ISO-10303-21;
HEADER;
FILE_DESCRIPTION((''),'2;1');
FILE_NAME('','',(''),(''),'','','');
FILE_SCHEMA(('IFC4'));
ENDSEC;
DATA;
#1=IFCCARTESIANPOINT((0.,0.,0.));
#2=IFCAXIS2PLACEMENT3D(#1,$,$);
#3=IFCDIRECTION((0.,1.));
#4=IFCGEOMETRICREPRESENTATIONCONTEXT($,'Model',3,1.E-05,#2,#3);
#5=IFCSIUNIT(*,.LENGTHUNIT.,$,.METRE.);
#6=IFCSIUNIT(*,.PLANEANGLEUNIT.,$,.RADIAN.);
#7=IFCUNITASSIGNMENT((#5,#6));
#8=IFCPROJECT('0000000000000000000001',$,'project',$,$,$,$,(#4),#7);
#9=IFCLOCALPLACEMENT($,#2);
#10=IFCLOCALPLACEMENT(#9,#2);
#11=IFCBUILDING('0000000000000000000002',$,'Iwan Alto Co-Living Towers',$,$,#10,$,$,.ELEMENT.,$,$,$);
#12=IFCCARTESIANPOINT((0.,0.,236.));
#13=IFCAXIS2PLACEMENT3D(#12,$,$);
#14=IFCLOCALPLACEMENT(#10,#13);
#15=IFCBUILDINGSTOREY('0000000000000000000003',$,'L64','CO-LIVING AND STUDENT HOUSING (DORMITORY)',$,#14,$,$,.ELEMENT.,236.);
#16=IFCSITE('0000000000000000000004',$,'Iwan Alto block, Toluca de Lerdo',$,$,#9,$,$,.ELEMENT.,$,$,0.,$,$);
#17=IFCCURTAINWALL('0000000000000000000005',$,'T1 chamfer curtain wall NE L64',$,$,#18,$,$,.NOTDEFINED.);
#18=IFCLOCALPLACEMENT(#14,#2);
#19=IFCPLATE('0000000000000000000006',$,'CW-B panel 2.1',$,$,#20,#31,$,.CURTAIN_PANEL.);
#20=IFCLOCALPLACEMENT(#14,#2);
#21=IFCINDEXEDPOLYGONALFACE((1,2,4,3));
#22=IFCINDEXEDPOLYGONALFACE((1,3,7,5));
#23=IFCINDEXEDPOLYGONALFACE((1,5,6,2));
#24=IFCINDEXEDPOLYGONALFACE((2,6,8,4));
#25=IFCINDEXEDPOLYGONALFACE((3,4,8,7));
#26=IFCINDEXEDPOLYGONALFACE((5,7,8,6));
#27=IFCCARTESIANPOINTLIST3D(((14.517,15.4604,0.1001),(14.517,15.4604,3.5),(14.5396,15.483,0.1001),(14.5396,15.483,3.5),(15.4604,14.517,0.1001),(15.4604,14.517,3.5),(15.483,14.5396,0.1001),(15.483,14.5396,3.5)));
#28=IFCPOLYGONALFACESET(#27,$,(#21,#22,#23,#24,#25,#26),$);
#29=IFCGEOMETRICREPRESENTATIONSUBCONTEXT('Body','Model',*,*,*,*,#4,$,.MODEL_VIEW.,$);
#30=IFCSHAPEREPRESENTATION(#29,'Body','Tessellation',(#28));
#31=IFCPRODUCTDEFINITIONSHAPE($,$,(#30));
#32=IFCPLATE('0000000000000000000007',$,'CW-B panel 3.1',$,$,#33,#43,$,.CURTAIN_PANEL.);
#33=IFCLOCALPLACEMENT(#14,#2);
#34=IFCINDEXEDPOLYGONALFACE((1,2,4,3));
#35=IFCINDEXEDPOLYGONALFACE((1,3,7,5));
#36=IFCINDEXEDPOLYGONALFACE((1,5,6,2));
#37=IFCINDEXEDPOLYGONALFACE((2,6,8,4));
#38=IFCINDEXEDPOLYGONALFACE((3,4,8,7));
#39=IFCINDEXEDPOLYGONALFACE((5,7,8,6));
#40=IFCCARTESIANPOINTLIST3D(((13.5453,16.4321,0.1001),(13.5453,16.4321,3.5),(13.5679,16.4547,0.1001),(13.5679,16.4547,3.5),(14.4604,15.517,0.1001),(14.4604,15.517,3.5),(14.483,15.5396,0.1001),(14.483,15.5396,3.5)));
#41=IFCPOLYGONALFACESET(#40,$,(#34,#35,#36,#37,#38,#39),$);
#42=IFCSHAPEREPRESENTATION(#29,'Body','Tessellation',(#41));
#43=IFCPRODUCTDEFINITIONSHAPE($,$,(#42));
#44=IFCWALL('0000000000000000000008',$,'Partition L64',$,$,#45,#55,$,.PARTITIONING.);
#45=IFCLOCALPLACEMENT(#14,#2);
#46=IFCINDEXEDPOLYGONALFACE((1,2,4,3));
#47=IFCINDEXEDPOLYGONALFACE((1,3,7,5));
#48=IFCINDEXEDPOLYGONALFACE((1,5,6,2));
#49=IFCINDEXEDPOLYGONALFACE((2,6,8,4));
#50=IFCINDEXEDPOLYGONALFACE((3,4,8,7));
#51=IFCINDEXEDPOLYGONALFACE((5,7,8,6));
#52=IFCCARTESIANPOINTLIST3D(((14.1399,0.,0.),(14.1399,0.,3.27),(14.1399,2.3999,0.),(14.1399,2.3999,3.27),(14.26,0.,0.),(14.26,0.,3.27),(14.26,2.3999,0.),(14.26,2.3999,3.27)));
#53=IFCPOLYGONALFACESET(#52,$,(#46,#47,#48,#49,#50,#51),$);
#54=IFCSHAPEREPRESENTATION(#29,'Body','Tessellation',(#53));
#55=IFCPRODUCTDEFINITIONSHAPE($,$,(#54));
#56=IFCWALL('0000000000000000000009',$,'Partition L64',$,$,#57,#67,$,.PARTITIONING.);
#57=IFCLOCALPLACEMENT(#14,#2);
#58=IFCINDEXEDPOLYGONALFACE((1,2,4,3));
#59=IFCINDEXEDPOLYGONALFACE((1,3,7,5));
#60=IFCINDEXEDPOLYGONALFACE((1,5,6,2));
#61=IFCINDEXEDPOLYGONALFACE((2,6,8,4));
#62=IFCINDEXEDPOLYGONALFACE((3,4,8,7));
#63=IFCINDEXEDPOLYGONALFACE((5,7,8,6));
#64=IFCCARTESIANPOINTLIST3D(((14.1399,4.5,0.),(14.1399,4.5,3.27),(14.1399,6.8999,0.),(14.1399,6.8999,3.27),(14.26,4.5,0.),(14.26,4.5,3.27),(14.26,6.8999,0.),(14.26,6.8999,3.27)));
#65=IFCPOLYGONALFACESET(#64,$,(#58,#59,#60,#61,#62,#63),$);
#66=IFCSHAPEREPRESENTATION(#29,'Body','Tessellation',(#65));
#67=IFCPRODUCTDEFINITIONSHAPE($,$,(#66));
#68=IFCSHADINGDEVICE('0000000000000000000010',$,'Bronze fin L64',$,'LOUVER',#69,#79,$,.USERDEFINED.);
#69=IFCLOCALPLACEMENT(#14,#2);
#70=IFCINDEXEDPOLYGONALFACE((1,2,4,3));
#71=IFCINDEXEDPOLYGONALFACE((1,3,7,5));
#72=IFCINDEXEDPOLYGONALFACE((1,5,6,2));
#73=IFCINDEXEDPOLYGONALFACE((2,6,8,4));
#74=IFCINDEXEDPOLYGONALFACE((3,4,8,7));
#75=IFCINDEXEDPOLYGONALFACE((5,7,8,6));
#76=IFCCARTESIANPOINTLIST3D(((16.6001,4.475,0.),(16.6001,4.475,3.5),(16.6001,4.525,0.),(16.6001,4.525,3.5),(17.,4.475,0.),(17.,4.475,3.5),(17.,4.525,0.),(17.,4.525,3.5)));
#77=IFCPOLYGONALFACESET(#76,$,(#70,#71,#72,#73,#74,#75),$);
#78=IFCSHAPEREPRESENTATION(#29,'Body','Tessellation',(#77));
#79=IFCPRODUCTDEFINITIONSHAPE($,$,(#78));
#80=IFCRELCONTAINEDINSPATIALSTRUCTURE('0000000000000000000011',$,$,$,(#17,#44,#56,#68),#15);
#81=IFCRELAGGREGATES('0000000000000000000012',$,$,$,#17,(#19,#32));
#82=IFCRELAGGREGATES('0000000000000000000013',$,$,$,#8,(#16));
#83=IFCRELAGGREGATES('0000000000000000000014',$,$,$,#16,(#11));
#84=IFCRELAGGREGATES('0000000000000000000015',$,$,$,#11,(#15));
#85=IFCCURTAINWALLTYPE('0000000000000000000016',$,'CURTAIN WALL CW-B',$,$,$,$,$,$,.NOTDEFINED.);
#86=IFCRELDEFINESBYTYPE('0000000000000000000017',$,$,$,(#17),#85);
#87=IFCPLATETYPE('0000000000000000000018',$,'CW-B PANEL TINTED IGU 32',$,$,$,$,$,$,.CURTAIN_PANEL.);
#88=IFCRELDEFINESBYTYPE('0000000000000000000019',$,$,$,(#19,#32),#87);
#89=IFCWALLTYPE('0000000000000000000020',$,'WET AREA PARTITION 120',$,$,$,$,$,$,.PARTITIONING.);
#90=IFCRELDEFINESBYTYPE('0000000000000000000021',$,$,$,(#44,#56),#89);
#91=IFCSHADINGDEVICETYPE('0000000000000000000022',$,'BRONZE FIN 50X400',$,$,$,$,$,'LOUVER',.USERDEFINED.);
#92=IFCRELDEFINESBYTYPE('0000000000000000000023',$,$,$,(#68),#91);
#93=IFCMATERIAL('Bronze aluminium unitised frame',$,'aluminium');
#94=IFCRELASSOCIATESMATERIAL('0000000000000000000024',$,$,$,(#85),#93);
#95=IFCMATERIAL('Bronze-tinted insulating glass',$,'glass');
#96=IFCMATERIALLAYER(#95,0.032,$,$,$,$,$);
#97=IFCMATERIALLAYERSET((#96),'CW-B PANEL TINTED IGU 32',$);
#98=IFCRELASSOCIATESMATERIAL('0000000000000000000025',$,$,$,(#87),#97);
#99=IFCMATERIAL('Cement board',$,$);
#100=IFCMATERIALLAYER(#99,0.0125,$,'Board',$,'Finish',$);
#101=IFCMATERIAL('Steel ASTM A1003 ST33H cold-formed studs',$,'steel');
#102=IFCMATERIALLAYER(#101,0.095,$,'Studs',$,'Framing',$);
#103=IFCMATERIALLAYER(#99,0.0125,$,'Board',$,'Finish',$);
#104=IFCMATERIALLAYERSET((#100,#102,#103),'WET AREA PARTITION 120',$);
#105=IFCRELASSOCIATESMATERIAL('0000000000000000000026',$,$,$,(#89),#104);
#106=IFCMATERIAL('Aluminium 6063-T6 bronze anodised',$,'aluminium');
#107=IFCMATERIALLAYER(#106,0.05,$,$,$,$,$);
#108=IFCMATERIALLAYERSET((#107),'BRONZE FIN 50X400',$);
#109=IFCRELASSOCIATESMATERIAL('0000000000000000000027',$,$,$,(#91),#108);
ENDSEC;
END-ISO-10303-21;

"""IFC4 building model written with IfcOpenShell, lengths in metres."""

from ifc_helpers import new_model, si_unit, direction, frame, frame_2d, origin, origin_2d, place, context, subcontext, project, spatial, rectangle, extrude, material, layer, layer_set, type_object, element, aggregate, save


model = new_model("IFC4")

# Units and contexts
model_context = context("Model", 3, precision=1e-05, world=origin(), true_north=direction((0.0, 1.0)))
body_context = subcontext(model_context, "Body", "Model", "MODEL_VIEW")
ifc_project = project(units=[si_unit("LENGTHUNIT", "METRE"), si_unit("PLANEANGLEUNIT", "RADIAN")], contexts=[model_context])

# Site, building, storey
site_placement = place(None, origin())
site = spatial("IfcSite", under=ifc_project, at=site_placement, Name="Iwan Alto block, Toluca de Lerdo", CompositionType="ELEMENT", RefElevation=0.0)
building_placement = place(site_placement, origin())
building = spatial("IfcBuilding", under=site, at=building_placement, Name="Iwan Alto Co-Living Towers", CompositionType="ELEMENT")
storey_placement = place(building_placement, frame((0.0, 0.0, 236.0)))
storey = spatial("IfcBuildingStorey", under=building, at=storey_placement, Name="L64", Description="CO-LIVING AND STUDENT HOUSING (DORMITORY)", CompositionType="ELEMENT", Elevation=236.0)

# Curtain wall
ifc_material_1 = material(Name="Bronze aluminium unitised frame", Category="aluminium")
curtain_wall_type_1 = type_object("IfcCurtainWallType", Name="CURTAIN WALL CW-B", PredefinedType="NOTDEFINED", material=ifc_material_1)
curtain_wall_1_placement = place(storey_placement, origin())
curtain_wall_1 = element("IfcCurtainWall", 1, at=curtain_wall_1_placement, inside=storey, type_object=curtain_wall_type_1, Name="T1 chamfer curtain wall NE L64", PredefinedType="NOTDEFINED")

# Plates
ifc_material_2 = material(Name="Bronze-tinted insulating glass", Category="glass")
ifc_layer_1 = layer(ifc_material_2, 0.032)
ifc_layer_set_1 = layer_set([ifc_layer_1], Name="CW-B PANEL TINTED IGU 32")
plate_type_1 = type_object("IfcPlateType", Name="CW-B PANEL TINTED IGU 32", PredefinedType="CURTAIN_PANEL", material=ifc_layer_set_1)
plate_1_placement = place(storey_placement, frame((15.0, 15.0, 0.1001), z_axis=(0.0, 0.0, 1.0), x_axis=(-0.707107, 0.707107, 0.0)))
plate_1 = element("IfcPlate", 2, at=plate_1_placement, type_object=plate_type_1, Name="CW-B panel 2.1", PredefinedType="CURTAIN_PANEL", context=body_context, shape_type="SweptSolid", body=[
    extrude(rectangle(XDim=1.3342, YDim=0.032, at=origin_2d()), origin(), (0.0, 0.0, 1.0), 3.3999),
])
plate_2_placement = place(storey_placement, frame((14.0142, 15.9858, 0.1001), z_axis=(0.0, 0.0, 1.0), x_axis=(-0.707107, 0.707107, 0.0)))
plate_2 = element("IfcPlate", 3, at=plate_2_placement, type_object=plate_type_1, Name="CW-B panel 3.1", PredefinedType="CURTAIN_PANEL", context=body_context, shape_type="SweptSolid", body=[
    extrude(rectangle(XDim=1.2942, YDim=0.032, at=origin_2d()), origin(), (0.0, 0.0, 1.0), 3.3999),
])
aggregate(curtain_wall_1, [plate_1, plate_2])

# Walls
ifc_material_3 = material(Name="Cement board")
ifc_layer_2 = layer(ifc_material_3, 0.0125, Name="Board", Category="Finish")
ifc_material_4 = material(Name="Steel ASTM A1003 ST33H cold-formed studs", Category="steel")
ifc_layer_3 = layer(ifc_material_4, 0.095, Name="Studs", Category="Framing")
ifc_layer_4 = layer(ifc_material_3, 0.0125, Name="Board", Category="Finish")
ifc_layer_set_2 = layer_set([ifc_layer_2, ifc_layer_3, ifc_layer_4], Name="WET AREA PARTITION 120")
wall_type = type_object("IfcWallType", Name="WET AREA PARTITION 120", PredefinedType="PARTITIONING", material=ifc_layer_set_2)
for number, where, z_axis, x_axis, name in (
    (4, (14.2, 0.0, 0.0), (0.0, 0.0, 1.0), (0.0, 1.0, 0.0), "Partition L64"),
    (5, (14.2, 4.5, 0.0), (0.0, 0.0, 1.0), (0.0, 1.0, 0.0), "Partition L64"),
):
    element("IfcWall", number, at=place(storey_placement, frame(where, z_axis=z_axis, x_axis=x_axis)), inside=storey, type_object=wall_type, Name=name, PredefinedType="PARTITIONING", context=body_context, shape_type="SweptSolid", body=[
        extrude(rectangle(XDim=2.3999, YDim=0.1201, at=frame_2d((1.2, 0.0))), origin(), (0.0, 0.0, 1.0), 3.27),
    ])

# Shading device
ifc_material_5 = material(Name="Aluminium 6063-T6 bronze anodised", Category="aluminium")
ifc_layer_5 = layer(ifc_material_5, 0.05)
ifc_layer_set_3 = layer_set([ifc_layer_5], Name="BRONZE FIN 50X400")
shading_device_type = type_object("IfcShadingDeviceType", Name="BRONZE FIN 50X400", ElementType="LOUVER", PredefinedType="USERDEFINED", material=ifc_layer_set_3)
shading_device_placement = place(storey_placement, frame((16.8, 4.5, 0.0), z_axis=(0.0, 0.0, 1.0), x_axis=(0.0, 1.0, 0.0)))
element("IfcShadingDevice", 6, at=shading_device_placement, inside=storey, type_object=shading_device_type, Name="Bronze fin L64", ObjectType="LOUVER", PredefinedType="USERDEFINED", context=body_context, shape_type="SweptSolid", body=[
    extrude(rectangle(XDim=0.05, YDim=0.3999, at=origin_2d()), origin(), (0.0, 0.0, 1.0), 3.5),
])

save(model, "model.ifc")
